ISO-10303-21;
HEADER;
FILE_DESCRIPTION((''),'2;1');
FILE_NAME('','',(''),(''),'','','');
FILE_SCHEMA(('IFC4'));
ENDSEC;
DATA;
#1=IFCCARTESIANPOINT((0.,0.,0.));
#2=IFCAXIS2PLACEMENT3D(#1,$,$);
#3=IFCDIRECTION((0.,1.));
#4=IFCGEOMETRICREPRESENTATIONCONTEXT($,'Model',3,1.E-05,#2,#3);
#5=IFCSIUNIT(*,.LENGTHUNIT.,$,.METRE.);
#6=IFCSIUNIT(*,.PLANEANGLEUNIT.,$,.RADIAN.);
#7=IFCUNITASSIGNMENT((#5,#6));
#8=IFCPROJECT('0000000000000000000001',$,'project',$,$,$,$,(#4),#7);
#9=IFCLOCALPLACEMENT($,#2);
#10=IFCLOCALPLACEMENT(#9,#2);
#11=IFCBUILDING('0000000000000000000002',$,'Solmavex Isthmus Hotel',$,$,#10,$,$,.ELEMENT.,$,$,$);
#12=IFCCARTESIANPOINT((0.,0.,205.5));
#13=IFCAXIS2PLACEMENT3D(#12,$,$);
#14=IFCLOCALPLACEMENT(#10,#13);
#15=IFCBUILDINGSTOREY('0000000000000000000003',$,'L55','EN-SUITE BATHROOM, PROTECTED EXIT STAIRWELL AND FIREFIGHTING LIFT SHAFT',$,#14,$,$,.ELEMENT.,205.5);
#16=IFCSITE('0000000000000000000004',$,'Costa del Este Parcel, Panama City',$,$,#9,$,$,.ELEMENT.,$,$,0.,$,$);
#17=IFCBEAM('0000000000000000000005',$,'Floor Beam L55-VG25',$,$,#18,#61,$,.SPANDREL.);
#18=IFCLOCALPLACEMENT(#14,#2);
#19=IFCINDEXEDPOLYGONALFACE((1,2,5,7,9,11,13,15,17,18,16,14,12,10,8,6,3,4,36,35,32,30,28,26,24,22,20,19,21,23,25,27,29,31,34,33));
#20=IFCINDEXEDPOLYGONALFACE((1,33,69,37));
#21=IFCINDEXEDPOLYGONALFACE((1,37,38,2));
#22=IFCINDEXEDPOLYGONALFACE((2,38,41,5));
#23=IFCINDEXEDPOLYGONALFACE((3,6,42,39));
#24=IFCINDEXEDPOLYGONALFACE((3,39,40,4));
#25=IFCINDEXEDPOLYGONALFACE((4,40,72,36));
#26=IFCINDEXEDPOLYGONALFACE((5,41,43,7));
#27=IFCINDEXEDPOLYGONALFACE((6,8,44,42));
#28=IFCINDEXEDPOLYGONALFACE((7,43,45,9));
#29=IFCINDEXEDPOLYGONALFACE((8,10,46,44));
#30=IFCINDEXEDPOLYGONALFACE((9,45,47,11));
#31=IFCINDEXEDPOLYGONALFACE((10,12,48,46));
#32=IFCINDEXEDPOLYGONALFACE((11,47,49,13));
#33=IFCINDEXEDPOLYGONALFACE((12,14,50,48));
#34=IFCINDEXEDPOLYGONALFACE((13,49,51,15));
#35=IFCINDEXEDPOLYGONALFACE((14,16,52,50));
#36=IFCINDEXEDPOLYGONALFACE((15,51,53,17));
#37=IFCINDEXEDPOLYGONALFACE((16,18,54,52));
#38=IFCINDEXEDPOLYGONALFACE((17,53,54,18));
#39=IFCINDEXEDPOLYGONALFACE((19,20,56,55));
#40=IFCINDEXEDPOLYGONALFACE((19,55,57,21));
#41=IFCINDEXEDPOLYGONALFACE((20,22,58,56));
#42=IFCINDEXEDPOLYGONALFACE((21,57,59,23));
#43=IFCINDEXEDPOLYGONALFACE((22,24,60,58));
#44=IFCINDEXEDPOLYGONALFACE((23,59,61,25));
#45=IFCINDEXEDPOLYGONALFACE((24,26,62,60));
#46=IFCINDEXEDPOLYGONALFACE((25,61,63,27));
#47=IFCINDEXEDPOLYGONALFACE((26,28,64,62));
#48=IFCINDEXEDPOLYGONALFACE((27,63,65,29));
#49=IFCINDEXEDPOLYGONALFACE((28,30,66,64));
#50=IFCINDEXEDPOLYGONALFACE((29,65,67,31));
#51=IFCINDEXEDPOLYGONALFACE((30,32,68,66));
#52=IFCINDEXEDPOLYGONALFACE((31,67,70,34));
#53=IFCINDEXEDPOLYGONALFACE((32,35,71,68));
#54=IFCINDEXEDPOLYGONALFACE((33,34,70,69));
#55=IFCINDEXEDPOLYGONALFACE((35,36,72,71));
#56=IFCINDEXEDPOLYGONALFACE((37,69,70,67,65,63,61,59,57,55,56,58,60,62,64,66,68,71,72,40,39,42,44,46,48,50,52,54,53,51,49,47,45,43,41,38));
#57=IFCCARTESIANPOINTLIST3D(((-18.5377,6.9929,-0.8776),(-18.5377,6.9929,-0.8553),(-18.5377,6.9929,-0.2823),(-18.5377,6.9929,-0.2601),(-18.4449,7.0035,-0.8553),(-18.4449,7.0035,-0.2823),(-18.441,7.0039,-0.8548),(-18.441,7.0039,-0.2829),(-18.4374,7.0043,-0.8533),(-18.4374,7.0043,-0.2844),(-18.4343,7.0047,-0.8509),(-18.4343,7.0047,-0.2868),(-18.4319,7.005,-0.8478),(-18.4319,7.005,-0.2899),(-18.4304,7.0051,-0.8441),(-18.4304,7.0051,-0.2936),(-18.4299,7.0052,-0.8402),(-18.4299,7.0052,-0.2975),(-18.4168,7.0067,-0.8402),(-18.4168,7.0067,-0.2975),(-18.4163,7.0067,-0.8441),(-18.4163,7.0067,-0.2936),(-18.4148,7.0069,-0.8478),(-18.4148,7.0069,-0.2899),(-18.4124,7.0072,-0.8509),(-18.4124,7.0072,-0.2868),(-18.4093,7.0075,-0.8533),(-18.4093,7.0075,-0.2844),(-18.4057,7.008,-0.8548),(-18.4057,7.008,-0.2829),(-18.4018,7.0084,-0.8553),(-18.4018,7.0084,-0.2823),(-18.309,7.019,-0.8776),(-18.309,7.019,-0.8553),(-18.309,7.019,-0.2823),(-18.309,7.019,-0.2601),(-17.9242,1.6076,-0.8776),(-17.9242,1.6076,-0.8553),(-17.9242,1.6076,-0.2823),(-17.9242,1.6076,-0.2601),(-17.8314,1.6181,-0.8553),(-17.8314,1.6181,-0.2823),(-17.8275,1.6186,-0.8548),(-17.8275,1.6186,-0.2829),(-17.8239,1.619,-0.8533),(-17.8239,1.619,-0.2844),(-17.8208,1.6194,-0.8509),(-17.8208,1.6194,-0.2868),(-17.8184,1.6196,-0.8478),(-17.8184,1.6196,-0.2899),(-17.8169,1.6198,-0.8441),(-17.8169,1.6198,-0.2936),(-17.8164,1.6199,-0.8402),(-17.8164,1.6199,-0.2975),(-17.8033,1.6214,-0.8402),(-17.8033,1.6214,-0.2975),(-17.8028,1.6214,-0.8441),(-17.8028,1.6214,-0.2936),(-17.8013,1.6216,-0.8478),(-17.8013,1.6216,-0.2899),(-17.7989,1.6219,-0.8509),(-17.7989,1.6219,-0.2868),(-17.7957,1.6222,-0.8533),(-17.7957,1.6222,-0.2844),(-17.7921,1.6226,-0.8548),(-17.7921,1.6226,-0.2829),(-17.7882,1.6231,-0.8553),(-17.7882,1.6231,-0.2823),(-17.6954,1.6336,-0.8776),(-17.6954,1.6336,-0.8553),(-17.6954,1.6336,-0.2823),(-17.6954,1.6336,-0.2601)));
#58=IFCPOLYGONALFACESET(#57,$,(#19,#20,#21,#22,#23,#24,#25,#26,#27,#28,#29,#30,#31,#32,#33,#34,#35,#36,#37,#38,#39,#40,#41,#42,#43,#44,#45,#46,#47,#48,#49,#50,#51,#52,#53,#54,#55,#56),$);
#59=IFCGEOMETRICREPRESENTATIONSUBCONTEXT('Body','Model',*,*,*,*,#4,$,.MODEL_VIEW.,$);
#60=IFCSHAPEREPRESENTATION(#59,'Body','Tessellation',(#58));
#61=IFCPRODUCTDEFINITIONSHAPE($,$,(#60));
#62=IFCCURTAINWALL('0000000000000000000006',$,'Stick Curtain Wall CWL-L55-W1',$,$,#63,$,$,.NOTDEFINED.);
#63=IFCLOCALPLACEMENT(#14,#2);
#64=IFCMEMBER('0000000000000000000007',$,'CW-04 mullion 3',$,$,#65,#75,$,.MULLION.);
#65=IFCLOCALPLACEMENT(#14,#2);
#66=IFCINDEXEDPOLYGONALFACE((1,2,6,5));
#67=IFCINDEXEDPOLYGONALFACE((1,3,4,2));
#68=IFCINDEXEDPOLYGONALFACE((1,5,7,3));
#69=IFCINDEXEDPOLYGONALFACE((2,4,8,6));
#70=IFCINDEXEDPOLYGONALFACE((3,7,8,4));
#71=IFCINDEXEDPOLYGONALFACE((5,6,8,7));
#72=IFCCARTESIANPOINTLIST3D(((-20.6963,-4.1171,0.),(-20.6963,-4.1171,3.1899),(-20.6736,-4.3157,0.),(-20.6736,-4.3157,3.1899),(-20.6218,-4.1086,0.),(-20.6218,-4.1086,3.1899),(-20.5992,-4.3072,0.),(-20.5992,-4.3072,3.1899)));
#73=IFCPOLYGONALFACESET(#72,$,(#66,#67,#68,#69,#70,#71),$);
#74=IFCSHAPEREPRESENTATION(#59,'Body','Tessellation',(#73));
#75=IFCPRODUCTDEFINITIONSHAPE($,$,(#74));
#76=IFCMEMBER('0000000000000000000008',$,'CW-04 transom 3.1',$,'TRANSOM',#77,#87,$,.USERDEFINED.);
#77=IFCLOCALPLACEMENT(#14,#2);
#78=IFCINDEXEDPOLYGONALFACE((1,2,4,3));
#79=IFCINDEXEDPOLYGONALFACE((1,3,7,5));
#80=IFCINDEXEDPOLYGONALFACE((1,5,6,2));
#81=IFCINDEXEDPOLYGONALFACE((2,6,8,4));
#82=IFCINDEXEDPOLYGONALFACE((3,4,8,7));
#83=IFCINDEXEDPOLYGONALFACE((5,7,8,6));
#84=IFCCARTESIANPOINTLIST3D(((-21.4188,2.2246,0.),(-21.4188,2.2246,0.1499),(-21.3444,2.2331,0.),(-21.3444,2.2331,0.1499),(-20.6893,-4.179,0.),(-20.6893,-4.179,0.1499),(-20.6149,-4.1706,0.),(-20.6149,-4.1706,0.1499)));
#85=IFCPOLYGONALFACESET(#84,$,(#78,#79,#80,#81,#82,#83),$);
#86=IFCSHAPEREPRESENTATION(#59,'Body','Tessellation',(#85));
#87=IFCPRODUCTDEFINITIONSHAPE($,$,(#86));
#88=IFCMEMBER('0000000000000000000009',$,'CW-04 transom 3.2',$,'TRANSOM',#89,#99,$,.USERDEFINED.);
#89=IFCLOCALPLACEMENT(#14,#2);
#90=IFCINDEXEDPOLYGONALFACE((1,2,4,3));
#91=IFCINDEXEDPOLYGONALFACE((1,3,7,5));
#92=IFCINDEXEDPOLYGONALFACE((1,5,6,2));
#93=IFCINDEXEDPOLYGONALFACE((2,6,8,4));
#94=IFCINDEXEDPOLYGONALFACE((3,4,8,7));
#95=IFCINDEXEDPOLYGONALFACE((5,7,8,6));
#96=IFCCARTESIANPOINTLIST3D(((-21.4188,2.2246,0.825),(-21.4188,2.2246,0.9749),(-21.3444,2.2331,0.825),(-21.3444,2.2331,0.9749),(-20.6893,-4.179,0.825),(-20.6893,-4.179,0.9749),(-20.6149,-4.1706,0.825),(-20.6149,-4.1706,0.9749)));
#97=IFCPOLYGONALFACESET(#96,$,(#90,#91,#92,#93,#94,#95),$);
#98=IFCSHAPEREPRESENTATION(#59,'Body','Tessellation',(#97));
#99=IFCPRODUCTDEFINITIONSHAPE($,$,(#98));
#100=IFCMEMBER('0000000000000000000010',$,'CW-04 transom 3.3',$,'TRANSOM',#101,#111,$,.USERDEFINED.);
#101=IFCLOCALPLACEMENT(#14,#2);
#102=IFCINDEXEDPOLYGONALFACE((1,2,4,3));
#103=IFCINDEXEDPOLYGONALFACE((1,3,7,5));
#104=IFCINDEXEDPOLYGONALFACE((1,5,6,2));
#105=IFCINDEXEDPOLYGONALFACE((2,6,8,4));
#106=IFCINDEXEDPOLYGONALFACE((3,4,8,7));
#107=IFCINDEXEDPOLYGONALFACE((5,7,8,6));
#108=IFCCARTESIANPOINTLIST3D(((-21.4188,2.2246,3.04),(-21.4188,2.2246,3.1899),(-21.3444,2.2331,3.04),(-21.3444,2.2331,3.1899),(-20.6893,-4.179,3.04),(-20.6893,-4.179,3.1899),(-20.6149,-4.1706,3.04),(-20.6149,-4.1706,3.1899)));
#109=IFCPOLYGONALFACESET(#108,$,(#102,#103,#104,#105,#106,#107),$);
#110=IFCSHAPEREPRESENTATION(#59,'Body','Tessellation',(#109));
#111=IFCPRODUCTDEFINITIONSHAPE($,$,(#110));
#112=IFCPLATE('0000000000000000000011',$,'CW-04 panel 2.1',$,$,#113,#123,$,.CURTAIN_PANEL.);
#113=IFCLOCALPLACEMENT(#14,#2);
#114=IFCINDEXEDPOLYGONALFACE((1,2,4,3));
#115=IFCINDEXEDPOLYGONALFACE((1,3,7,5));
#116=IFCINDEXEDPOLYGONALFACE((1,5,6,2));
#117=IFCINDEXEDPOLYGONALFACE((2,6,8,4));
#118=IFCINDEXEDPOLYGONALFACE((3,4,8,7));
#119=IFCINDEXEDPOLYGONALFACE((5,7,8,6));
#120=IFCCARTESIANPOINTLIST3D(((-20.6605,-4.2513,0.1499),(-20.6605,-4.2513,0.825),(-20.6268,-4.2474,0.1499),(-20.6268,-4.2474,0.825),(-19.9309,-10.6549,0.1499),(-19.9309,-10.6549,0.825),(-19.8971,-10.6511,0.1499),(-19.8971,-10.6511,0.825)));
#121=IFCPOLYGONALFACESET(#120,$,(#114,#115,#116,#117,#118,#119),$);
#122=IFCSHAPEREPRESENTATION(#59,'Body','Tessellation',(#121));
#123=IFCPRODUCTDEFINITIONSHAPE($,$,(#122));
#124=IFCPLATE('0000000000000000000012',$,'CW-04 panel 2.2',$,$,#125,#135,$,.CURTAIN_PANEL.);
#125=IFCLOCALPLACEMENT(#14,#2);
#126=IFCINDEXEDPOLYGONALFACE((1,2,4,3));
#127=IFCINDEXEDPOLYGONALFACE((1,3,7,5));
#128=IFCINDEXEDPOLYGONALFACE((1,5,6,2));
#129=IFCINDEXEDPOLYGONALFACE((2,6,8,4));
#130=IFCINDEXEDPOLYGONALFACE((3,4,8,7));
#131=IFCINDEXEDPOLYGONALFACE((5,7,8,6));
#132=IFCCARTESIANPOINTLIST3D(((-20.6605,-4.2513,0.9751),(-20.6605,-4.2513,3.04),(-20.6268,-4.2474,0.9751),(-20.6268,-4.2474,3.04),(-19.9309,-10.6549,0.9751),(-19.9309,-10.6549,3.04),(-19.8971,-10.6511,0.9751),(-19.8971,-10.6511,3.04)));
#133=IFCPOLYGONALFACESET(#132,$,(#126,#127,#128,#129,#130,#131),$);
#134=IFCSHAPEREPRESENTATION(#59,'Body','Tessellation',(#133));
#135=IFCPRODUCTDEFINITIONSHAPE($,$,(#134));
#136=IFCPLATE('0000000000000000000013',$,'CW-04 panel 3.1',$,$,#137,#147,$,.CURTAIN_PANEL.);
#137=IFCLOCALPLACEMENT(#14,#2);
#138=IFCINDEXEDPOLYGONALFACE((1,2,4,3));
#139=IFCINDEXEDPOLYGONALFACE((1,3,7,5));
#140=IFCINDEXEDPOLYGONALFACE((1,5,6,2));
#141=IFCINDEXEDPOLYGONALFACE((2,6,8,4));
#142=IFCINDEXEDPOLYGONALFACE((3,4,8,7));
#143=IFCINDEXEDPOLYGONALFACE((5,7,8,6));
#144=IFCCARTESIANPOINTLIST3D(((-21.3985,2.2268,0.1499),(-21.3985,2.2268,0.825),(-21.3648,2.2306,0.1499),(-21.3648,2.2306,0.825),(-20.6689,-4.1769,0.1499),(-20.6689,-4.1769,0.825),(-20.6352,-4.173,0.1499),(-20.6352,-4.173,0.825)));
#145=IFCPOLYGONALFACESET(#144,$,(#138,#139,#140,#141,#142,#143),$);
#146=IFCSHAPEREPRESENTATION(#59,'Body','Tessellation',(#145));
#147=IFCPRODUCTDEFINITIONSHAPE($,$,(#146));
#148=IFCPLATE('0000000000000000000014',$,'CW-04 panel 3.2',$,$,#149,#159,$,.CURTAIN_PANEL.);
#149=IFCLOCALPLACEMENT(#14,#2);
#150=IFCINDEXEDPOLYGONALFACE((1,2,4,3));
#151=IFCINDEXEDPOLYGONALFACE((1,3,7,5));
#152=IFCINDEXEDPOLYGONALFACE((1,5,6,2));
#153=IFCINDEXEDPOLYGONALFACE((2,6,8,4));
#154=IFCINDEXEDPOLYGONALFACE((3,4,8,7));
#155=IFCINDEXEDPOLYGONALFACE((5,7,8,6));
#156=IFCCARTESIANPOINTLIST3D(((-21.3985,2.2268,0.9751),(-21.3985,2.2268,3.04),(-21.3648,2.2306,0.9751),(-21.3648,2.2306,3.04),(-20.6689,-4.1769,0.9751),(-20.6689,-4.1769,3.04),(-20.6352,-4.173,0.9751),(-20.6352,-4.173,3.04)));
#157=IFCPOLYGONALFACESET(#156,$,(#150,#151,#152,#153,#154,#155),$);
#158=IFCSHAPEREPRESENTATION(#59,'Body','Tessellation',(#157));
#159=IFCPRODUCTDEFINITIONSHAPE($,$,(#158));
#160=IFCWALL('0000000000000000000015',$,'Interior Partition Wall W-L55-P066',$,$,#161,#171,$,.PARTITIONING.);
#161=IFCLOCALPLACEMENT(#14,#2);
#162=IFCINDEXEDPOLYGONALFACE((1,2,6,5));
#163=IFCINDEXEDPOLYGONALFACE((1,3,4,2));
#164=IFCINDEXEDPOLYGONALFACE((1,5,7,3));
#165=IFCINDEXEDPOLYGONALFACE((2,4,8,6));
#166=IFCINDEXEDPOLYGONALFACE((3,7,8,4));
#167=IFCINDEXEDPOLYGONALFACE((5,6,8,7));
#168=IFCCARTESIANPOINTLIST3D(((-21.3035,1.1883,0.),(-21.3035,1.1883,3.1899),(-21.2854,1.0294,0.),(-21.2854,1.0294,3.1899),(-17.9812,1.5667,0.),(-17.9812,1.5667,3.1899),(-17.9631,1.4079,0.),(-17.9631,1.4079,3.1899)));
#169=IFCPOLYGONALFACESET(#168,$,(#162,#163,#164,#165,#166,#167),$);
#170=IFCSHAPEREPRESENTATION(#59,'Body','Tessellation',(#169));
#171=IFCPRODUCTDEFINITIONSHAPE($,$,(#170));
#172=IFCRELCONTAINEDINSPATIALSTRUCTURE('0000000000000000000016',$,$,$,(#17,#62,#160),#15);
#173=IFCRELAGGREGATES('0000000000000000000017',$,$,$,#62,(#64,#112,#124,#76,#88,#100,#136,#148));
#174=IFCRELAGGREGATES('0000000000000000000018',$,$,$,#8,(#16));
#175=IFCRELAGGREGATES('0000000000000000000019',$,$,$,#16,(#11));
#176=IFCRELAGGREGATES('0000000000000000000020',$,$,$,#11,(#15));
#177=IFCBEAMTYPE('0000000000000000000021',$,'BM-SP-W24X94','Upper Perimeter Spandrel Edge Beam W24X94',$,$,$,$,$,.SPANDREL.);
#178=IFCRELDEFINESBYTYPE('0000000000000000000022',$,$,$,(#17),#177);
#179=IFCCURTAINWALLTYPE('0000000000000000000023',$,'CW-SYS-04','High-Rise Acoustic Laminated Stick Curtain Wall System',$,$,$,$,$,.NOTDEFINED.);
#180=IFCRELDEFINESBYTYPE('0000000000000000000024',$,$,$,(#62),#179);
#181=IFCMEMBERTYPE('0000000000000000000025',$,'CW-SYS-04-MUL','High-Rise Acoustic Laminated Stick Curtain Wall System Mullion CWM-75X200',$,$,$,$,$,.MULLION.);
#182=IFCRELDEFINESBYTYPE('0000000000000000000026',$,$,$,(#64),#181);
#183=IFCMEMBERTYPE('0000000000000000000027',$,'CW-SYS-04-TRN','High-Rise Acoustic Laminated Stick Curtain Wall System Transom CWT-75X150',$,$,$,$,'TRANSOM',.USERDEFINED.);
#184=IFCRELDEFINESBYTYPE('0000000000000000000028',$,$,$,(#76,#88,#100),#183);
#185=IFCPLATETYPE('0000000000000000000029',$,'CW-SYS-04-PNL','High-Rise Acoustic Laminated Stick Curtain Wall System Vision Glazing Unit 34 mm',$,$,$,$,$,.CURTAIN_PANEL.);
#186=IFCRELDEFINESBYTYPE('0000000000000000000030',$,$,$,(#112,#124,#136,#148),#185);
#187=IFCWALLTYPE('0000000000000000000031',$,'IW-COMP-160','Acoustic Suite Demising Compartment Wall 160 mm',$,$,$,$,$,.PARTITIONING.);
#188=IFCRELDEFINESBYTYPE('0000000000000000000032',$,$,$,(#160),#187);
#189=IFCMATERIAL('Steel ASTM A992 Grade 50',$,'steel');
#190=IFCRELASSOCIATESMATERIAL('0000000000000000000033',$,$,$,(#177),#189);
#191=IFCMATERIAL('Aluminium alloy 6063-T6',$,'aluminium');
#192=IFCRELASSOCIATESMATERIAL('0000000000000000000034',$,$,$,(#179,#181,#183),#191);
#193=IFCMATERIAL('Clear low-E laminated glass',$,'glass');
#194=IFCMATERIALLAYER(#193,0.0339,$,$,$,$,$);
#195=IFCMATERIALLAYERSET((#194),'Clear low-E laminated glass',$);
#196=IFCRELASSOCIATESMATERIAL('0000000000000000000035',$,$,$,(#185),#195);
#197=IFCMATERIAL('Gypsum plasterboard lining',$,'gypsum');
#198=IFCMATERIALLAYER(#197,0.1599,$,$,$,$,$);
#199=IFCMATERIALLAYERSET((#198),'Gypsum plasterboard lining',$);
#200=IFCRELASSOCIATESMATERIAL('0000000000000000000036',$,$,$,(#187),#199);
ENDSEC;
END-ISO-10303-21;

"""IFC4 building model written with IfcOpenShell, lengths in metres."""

from ifc_helpers import new_model, si_unit, direction, frame, frame_2d, origin, origin_2d, place, context, subcontext, project, spatial, rectangle, i_section, extrude, material, layer, layer_set, material_profile, profile_set, type_object, element, aggregate, save


model = new_model("IFC4")

# Units and contexts
model_context = context("Model", 3, precision=1e-05, world=origin(), true_north=direction((0.0, 1.0)))
body_context = subcontext(model_context, "Body", "Model", "MODEL_VIEW")
ifc_project = project(units=[si_unit("LENGTHUNIT", "METRE"), si_unit("PLANEANGLEUNIT", "RADIAN")], contexts=[model_context])

# Site, building, storey
site_placement = place(None, origin())
site = spatial("IfcSite", under=ifc_project, at=site_placement, Name="Costa del Este Parcel, Panama City", CompositionType="ELEMENT", RefElevation=0.0)
building_placement = place(site_placement, origin())
building = spatial("IfcBuilding", under=site, at=building_placement, Name="Solmavex Isthmus Hotel", CompositionType="ELEMENT")
storey_placement = place(building_placement, frame((0.0, 0.0, 205.5)))
storey = spatial("IfcBuildingStorey", under=building, at=storey_placement, Name="L55", Description="EN-SUITE BATHROOM, PROTECTED EXIT STAIRWELL AND FIREFIGHTING LIFT SHAFT", CompositionType="ELEMENT", Elevation=205.5)

# Beam
ifc_material_1 = material(Name="Steel ASTM A992 Grade 50", Category="steel")
ifc_material_profile_1 = material_profile(ifc_material_1, i_section(OverallWidth=0.2302, OverallDepth=0.6174, WebThickness=0.0132, FlangeThickness=0.0222, FilletRadius=0.0151, at=origin_2d()), Name="W24X94")
ifc_profile_set_1 = profile_set([ifc_material_profile_1], Name="Steel ASTM A992 Grade 50")
beam_type_1 = type_object("IfcBeamType", Name="BM-SP-W24X94", Description="Upper Perimeter Spandrel Edge Beam W24X94", PredefinedType="SPANDREL", material=ifc_profile_set_1)
beam_1_placement = place(storey_placement, frame((-17.8098, 1.6206, -0.5688), z_axis=(-0.113195, 0.993573, 0.0), x_axis=(-0.993573, -0.113195, 0.0)))
element("IfcBeam", 1, at=beam_1_placement, inside=storey, type_object=beam_type_1, Name="Floor Beam L55-VG25", PredefinedType="SPANDREL", context=body_context, shape_type="SweptSolid", body=[
    extrude(i_section(OverallWidth=0.2302, OverallDepth=0.6174, WebThickness=0.0132, FlangeThickness=0.0222, FilletRadius=0.0151, at=origin_2d()), origin(), (0.0, 0.0, 1.0), 5.4202),
])

# Curtain wall, members, plates
ifc_material_2 = material(Name="Aluminium alloy 6063-T6", Category="aluminium")
curtain_wall_type = type_object("IfcCurtainWallType", Name="CW-SYS-04", Description="High-Rise Acoustic Laminated Stick Curtain Wall System", PredefinedType="NOTDEFINED", material=ifc_material_2)
curtain_wall_placement = place(storey_placement, origin())
curtain_wall = element("IfcCurtainWall", 2, at=curtain_wall_placement, inside=storey, type_object=curtain_wall_type, Name="Stick Curtain Wall CWL-L55-W1", PredefinedType="NOTDEFINED")
ifc_material_profile_2 = material_profile(ifc_material_2, rectangle(XDim=0.075, YDim=0.2, at=origin_2d()), Name="CWM-75X200")
ifc_profile_set_2 = profile_set([ifc_material_profile_2], Name="Aluminium alloy 6063-T6")
member_type_1 = type_object("IfcMemberType", Name="CW-SYS-04-MUL", Description="High-Rise Acoustic Laminated Stick Curtain Wall System Mullion CWM-75X200", PredefinedType="MULLION", material=ifc_profile_set_2)
member_1_placement = place(storey_placement, frame((-20.6477, -4.2122, 0.0), z_axis=(0.0, 0.0, 1.0), x_axis=(-0.993572, -0.113203, 0.0)))
member_1 = element("IfcMember", 3, at=member_1_placement, type_object=member_type_1, Name="CW-04 mullion 3", PredefinedType="MULLION", context=body_context, shape_type="SweptSolid", body=[
    extrude(rectangle(XDim=0.075, YDim=0.2, at=origin_2d()), origin(), (0.0, 0.0, 1.0), 3.1899),
])
ifc_material_profile_3 = material_profile(ifc_material_2, rectangle(XDim=0.075, YDim=0.1499, at=origin_2d()), Name="CWT-75X150")
ifc_profile_set_3 = profile_set([ifc_material_profile_3], Name="Aluminium alloy 6063-T6")
member_type_2 = type_object("IfcMemberType", Name="CW-SYS-04-TRN", Description="High-Rise Acoustic Laminated Stick Curtain Wall System Transom CWT-75X150", ElementType="TRANSOM", PredefinedType="USERDEFINED", material=ifc_profile_set_3)
member_2_placement = place(storey_placement, frame((-20.6521, -4.1748, 0.075), z_axis=(-0.113188, 0.993574, 0.0), x_axis=(-0.993574, -0.113188, 0.0)))
member_2 = element("IfcMember", 4, at=member_2_placement, type_object=member_type_2, Name="CW-04 transom 3.1", ObjectType="TRANSOM", PredefinedType="USERDEFINED", context=body_context, shape_type="SweptSolid", body=[
    extrude(rectangle(XDim=0.075, YDim=0.1499, at=origin_2d()), origin(), (0.0, 0.0, 1.0), 6.4451),
])
member_3_placement = place(storey_placement, frame((-20.6521, -4.1748, 0.8999), z_axis=(-0.113188, 0.993574, 0.0), x_axis=(-0.993574, -0.113188, 0.0)))
member_3 = element("IfcMember", 5, at=member_3_placement, type_object=member_type_2, Name="CW-04 transom 3.2", ObjectType="TRANSOM", PredefinedType="USERDEFINED", context=body_context, shape_type="SweptSolid", body=[
    extrude(rectangle(XDim=0.075, YDim=0.1499, at=origin_2d()), origin(), (0.0, 0.0, 1.0), 6.4451),
])
member_4_placement = place(storey_placement, frame((-20.6521, -4.1748, 3.115), z_axis=(-0.113188, 0.993574, 0.0), x_axis=(-0.993574, -0.113188, 0.0)))
member_4 = element("IfcMember", 6, at=member_4_placement, type_object=member_type_2, Name="CW-04 transom 3.3", ObjectType="TRANSOM", PredefinedType="USERDEFINED", context=body_context, shape_type="SweptSolid", body=[
    extrude(rectangle(XDim=0.075, YDim=0.1499, at=origin_2d()), origin(), (0.0, 0.0, 1.0), 6.4451),
])
ifc_material_3 = material(Name="Clear low-E laminated glass", Category="glass")
ifc_layer_1 = layer(ifc_material_3, 0.0339)
ifc_layer_set_1 = layer_set([ifc_layer_1], Name="Clear low-E laminated glass")
plate_type = type_object("IfcPlateType", Name="CW-SYS-04-PNL", Description="High-Rise Acoustic Laminated Stick Curtain Wall System Vision Glazing Unit 34 mm", PredefinedType="CURTAIN_PANEL", material=ifc_layer_set_1)
plate_1_placement = place(storey_placement, frame((-20.2788, -7.4512, 0.1499), z_axis=(0.0, 0.0, 1.0), x_axis=(-0.113203, 0.993572, 0.0)))
plate_1 = element("IfcPlate", 7, at=plate_1_placement, type_object=plate_type, Name="CW-04 panel 2.1", PredefinedType="CURTAIN_PANEL", context=body_context, shape_type="SweptSolid", body=[
    extrude(rectangle(XDim=6.4451, YDim=0.0339, at=origin_2d()), origin(), (0.0, 0.0, 1.0), 0.675),
])
plate_2_placement = place(storey_placement, frame((-20.2788, -7.4512, 0.9751), z_axis=(0.0, 0.0, 1.0), x_axis=(-0.113203, 0.993572, 0.0)))
plate_2 = element("IfcPlate", 8, at=plate_2_placement, type_object=plate_type, Name="CW-04 panel 2.2", PredefinedType="CURTAIN_PANEL", context=body_context, shape_type="SweptSolid", body=[
    extrude(rectangle(XDim=6.4451, YDim=0.0339, at=origin_2d()), origin(), (0.0, 0.0, 1.0), 2.0649),
])
plate_3_placement = place(storey_placement, frame((-21.0168, -0.9731, 0.1499), z_axis=(0.0, 0.0, 1.0), x_axis=(-0.113203, 0.993572, 0.0)))
plate_3 = element("IfcPlate", 9, at=plate_3_placement, type_object=plate_type, Name="CW-04 panel 3.1", PredefinedType="CURTAIN_PANEL", context=body_context, shape_type="SweptSolid", body=[
    extrude(rectangle(XDim=6.4451, YDim=0.0339, at=origin_2d()), origin(), (0.0, 0.0, 1.0), 0.675),
])
plate_4_placement = place(storey_placement, frame((-21.0168, -0.9731, 0.9751), z_axis=(0.0, 0.0, 1.0), x_axis=(-0.113203, 0.993572, 0.0)))
plate_4 = element("IfcPlate", 10, at=plate_4_placement, type_object=plate_type, Name="CW-04 panel 3.2", PredefinedType="CURTAIN_PANEL", context=body_context, shape_type="SweptSolid", body=[
    extrude(rectangle(XDim=6.4451, YDim=0.0339, at=origin_2d()), origin(), (0.0, 0.0, 1.0), 2.0649),
])
aggregate(curtain_wall, [member_1, plate_1, plate_2, member_2, member_3, member_4, plate_3, plate_4])

# Wall
ifc_material_4 = material(Name="Gypsum plasterboard lining", Category="gypsum")
ifc_layer_2 = layer(ifc_material_4, 0.1599)
ifc_layer_set_2 = layer_set([ifc_layer_2], Name="Gypsum plasterboard lining")
wall_type_1 = type_object("IfcWallType", Name="IW-COMP-160", Description="Acoustic Suite Demising Compartment Wall 160 mm", PredefinedType="PARTITIONING", material=ifc_layer_set_2)
wall_1_placement = place(storey_placement, frame((-17.9722, 1.4873, 0.0), z_axis=(0.0, 0.0, 1.0), x_axis=(-0.993575, -0.113172, 0.0)))
element("IfcWall", 11, at=wall_1_placement, inside=storey, type_object=wall_type_1, Name="Interior Partition Wall W-L55-P066", PredefinedType="PARTITIONING", context=body_context, shape_type="SweptSolid", body=[
    extrude(rectangle(XDim=3.3438, YDim=0.1599, at=frame_2d((1.6719, 0.0))), origin(), (0.0, 0.0, 1.0), 3.1899),
])

save(model, "model.ifc")
